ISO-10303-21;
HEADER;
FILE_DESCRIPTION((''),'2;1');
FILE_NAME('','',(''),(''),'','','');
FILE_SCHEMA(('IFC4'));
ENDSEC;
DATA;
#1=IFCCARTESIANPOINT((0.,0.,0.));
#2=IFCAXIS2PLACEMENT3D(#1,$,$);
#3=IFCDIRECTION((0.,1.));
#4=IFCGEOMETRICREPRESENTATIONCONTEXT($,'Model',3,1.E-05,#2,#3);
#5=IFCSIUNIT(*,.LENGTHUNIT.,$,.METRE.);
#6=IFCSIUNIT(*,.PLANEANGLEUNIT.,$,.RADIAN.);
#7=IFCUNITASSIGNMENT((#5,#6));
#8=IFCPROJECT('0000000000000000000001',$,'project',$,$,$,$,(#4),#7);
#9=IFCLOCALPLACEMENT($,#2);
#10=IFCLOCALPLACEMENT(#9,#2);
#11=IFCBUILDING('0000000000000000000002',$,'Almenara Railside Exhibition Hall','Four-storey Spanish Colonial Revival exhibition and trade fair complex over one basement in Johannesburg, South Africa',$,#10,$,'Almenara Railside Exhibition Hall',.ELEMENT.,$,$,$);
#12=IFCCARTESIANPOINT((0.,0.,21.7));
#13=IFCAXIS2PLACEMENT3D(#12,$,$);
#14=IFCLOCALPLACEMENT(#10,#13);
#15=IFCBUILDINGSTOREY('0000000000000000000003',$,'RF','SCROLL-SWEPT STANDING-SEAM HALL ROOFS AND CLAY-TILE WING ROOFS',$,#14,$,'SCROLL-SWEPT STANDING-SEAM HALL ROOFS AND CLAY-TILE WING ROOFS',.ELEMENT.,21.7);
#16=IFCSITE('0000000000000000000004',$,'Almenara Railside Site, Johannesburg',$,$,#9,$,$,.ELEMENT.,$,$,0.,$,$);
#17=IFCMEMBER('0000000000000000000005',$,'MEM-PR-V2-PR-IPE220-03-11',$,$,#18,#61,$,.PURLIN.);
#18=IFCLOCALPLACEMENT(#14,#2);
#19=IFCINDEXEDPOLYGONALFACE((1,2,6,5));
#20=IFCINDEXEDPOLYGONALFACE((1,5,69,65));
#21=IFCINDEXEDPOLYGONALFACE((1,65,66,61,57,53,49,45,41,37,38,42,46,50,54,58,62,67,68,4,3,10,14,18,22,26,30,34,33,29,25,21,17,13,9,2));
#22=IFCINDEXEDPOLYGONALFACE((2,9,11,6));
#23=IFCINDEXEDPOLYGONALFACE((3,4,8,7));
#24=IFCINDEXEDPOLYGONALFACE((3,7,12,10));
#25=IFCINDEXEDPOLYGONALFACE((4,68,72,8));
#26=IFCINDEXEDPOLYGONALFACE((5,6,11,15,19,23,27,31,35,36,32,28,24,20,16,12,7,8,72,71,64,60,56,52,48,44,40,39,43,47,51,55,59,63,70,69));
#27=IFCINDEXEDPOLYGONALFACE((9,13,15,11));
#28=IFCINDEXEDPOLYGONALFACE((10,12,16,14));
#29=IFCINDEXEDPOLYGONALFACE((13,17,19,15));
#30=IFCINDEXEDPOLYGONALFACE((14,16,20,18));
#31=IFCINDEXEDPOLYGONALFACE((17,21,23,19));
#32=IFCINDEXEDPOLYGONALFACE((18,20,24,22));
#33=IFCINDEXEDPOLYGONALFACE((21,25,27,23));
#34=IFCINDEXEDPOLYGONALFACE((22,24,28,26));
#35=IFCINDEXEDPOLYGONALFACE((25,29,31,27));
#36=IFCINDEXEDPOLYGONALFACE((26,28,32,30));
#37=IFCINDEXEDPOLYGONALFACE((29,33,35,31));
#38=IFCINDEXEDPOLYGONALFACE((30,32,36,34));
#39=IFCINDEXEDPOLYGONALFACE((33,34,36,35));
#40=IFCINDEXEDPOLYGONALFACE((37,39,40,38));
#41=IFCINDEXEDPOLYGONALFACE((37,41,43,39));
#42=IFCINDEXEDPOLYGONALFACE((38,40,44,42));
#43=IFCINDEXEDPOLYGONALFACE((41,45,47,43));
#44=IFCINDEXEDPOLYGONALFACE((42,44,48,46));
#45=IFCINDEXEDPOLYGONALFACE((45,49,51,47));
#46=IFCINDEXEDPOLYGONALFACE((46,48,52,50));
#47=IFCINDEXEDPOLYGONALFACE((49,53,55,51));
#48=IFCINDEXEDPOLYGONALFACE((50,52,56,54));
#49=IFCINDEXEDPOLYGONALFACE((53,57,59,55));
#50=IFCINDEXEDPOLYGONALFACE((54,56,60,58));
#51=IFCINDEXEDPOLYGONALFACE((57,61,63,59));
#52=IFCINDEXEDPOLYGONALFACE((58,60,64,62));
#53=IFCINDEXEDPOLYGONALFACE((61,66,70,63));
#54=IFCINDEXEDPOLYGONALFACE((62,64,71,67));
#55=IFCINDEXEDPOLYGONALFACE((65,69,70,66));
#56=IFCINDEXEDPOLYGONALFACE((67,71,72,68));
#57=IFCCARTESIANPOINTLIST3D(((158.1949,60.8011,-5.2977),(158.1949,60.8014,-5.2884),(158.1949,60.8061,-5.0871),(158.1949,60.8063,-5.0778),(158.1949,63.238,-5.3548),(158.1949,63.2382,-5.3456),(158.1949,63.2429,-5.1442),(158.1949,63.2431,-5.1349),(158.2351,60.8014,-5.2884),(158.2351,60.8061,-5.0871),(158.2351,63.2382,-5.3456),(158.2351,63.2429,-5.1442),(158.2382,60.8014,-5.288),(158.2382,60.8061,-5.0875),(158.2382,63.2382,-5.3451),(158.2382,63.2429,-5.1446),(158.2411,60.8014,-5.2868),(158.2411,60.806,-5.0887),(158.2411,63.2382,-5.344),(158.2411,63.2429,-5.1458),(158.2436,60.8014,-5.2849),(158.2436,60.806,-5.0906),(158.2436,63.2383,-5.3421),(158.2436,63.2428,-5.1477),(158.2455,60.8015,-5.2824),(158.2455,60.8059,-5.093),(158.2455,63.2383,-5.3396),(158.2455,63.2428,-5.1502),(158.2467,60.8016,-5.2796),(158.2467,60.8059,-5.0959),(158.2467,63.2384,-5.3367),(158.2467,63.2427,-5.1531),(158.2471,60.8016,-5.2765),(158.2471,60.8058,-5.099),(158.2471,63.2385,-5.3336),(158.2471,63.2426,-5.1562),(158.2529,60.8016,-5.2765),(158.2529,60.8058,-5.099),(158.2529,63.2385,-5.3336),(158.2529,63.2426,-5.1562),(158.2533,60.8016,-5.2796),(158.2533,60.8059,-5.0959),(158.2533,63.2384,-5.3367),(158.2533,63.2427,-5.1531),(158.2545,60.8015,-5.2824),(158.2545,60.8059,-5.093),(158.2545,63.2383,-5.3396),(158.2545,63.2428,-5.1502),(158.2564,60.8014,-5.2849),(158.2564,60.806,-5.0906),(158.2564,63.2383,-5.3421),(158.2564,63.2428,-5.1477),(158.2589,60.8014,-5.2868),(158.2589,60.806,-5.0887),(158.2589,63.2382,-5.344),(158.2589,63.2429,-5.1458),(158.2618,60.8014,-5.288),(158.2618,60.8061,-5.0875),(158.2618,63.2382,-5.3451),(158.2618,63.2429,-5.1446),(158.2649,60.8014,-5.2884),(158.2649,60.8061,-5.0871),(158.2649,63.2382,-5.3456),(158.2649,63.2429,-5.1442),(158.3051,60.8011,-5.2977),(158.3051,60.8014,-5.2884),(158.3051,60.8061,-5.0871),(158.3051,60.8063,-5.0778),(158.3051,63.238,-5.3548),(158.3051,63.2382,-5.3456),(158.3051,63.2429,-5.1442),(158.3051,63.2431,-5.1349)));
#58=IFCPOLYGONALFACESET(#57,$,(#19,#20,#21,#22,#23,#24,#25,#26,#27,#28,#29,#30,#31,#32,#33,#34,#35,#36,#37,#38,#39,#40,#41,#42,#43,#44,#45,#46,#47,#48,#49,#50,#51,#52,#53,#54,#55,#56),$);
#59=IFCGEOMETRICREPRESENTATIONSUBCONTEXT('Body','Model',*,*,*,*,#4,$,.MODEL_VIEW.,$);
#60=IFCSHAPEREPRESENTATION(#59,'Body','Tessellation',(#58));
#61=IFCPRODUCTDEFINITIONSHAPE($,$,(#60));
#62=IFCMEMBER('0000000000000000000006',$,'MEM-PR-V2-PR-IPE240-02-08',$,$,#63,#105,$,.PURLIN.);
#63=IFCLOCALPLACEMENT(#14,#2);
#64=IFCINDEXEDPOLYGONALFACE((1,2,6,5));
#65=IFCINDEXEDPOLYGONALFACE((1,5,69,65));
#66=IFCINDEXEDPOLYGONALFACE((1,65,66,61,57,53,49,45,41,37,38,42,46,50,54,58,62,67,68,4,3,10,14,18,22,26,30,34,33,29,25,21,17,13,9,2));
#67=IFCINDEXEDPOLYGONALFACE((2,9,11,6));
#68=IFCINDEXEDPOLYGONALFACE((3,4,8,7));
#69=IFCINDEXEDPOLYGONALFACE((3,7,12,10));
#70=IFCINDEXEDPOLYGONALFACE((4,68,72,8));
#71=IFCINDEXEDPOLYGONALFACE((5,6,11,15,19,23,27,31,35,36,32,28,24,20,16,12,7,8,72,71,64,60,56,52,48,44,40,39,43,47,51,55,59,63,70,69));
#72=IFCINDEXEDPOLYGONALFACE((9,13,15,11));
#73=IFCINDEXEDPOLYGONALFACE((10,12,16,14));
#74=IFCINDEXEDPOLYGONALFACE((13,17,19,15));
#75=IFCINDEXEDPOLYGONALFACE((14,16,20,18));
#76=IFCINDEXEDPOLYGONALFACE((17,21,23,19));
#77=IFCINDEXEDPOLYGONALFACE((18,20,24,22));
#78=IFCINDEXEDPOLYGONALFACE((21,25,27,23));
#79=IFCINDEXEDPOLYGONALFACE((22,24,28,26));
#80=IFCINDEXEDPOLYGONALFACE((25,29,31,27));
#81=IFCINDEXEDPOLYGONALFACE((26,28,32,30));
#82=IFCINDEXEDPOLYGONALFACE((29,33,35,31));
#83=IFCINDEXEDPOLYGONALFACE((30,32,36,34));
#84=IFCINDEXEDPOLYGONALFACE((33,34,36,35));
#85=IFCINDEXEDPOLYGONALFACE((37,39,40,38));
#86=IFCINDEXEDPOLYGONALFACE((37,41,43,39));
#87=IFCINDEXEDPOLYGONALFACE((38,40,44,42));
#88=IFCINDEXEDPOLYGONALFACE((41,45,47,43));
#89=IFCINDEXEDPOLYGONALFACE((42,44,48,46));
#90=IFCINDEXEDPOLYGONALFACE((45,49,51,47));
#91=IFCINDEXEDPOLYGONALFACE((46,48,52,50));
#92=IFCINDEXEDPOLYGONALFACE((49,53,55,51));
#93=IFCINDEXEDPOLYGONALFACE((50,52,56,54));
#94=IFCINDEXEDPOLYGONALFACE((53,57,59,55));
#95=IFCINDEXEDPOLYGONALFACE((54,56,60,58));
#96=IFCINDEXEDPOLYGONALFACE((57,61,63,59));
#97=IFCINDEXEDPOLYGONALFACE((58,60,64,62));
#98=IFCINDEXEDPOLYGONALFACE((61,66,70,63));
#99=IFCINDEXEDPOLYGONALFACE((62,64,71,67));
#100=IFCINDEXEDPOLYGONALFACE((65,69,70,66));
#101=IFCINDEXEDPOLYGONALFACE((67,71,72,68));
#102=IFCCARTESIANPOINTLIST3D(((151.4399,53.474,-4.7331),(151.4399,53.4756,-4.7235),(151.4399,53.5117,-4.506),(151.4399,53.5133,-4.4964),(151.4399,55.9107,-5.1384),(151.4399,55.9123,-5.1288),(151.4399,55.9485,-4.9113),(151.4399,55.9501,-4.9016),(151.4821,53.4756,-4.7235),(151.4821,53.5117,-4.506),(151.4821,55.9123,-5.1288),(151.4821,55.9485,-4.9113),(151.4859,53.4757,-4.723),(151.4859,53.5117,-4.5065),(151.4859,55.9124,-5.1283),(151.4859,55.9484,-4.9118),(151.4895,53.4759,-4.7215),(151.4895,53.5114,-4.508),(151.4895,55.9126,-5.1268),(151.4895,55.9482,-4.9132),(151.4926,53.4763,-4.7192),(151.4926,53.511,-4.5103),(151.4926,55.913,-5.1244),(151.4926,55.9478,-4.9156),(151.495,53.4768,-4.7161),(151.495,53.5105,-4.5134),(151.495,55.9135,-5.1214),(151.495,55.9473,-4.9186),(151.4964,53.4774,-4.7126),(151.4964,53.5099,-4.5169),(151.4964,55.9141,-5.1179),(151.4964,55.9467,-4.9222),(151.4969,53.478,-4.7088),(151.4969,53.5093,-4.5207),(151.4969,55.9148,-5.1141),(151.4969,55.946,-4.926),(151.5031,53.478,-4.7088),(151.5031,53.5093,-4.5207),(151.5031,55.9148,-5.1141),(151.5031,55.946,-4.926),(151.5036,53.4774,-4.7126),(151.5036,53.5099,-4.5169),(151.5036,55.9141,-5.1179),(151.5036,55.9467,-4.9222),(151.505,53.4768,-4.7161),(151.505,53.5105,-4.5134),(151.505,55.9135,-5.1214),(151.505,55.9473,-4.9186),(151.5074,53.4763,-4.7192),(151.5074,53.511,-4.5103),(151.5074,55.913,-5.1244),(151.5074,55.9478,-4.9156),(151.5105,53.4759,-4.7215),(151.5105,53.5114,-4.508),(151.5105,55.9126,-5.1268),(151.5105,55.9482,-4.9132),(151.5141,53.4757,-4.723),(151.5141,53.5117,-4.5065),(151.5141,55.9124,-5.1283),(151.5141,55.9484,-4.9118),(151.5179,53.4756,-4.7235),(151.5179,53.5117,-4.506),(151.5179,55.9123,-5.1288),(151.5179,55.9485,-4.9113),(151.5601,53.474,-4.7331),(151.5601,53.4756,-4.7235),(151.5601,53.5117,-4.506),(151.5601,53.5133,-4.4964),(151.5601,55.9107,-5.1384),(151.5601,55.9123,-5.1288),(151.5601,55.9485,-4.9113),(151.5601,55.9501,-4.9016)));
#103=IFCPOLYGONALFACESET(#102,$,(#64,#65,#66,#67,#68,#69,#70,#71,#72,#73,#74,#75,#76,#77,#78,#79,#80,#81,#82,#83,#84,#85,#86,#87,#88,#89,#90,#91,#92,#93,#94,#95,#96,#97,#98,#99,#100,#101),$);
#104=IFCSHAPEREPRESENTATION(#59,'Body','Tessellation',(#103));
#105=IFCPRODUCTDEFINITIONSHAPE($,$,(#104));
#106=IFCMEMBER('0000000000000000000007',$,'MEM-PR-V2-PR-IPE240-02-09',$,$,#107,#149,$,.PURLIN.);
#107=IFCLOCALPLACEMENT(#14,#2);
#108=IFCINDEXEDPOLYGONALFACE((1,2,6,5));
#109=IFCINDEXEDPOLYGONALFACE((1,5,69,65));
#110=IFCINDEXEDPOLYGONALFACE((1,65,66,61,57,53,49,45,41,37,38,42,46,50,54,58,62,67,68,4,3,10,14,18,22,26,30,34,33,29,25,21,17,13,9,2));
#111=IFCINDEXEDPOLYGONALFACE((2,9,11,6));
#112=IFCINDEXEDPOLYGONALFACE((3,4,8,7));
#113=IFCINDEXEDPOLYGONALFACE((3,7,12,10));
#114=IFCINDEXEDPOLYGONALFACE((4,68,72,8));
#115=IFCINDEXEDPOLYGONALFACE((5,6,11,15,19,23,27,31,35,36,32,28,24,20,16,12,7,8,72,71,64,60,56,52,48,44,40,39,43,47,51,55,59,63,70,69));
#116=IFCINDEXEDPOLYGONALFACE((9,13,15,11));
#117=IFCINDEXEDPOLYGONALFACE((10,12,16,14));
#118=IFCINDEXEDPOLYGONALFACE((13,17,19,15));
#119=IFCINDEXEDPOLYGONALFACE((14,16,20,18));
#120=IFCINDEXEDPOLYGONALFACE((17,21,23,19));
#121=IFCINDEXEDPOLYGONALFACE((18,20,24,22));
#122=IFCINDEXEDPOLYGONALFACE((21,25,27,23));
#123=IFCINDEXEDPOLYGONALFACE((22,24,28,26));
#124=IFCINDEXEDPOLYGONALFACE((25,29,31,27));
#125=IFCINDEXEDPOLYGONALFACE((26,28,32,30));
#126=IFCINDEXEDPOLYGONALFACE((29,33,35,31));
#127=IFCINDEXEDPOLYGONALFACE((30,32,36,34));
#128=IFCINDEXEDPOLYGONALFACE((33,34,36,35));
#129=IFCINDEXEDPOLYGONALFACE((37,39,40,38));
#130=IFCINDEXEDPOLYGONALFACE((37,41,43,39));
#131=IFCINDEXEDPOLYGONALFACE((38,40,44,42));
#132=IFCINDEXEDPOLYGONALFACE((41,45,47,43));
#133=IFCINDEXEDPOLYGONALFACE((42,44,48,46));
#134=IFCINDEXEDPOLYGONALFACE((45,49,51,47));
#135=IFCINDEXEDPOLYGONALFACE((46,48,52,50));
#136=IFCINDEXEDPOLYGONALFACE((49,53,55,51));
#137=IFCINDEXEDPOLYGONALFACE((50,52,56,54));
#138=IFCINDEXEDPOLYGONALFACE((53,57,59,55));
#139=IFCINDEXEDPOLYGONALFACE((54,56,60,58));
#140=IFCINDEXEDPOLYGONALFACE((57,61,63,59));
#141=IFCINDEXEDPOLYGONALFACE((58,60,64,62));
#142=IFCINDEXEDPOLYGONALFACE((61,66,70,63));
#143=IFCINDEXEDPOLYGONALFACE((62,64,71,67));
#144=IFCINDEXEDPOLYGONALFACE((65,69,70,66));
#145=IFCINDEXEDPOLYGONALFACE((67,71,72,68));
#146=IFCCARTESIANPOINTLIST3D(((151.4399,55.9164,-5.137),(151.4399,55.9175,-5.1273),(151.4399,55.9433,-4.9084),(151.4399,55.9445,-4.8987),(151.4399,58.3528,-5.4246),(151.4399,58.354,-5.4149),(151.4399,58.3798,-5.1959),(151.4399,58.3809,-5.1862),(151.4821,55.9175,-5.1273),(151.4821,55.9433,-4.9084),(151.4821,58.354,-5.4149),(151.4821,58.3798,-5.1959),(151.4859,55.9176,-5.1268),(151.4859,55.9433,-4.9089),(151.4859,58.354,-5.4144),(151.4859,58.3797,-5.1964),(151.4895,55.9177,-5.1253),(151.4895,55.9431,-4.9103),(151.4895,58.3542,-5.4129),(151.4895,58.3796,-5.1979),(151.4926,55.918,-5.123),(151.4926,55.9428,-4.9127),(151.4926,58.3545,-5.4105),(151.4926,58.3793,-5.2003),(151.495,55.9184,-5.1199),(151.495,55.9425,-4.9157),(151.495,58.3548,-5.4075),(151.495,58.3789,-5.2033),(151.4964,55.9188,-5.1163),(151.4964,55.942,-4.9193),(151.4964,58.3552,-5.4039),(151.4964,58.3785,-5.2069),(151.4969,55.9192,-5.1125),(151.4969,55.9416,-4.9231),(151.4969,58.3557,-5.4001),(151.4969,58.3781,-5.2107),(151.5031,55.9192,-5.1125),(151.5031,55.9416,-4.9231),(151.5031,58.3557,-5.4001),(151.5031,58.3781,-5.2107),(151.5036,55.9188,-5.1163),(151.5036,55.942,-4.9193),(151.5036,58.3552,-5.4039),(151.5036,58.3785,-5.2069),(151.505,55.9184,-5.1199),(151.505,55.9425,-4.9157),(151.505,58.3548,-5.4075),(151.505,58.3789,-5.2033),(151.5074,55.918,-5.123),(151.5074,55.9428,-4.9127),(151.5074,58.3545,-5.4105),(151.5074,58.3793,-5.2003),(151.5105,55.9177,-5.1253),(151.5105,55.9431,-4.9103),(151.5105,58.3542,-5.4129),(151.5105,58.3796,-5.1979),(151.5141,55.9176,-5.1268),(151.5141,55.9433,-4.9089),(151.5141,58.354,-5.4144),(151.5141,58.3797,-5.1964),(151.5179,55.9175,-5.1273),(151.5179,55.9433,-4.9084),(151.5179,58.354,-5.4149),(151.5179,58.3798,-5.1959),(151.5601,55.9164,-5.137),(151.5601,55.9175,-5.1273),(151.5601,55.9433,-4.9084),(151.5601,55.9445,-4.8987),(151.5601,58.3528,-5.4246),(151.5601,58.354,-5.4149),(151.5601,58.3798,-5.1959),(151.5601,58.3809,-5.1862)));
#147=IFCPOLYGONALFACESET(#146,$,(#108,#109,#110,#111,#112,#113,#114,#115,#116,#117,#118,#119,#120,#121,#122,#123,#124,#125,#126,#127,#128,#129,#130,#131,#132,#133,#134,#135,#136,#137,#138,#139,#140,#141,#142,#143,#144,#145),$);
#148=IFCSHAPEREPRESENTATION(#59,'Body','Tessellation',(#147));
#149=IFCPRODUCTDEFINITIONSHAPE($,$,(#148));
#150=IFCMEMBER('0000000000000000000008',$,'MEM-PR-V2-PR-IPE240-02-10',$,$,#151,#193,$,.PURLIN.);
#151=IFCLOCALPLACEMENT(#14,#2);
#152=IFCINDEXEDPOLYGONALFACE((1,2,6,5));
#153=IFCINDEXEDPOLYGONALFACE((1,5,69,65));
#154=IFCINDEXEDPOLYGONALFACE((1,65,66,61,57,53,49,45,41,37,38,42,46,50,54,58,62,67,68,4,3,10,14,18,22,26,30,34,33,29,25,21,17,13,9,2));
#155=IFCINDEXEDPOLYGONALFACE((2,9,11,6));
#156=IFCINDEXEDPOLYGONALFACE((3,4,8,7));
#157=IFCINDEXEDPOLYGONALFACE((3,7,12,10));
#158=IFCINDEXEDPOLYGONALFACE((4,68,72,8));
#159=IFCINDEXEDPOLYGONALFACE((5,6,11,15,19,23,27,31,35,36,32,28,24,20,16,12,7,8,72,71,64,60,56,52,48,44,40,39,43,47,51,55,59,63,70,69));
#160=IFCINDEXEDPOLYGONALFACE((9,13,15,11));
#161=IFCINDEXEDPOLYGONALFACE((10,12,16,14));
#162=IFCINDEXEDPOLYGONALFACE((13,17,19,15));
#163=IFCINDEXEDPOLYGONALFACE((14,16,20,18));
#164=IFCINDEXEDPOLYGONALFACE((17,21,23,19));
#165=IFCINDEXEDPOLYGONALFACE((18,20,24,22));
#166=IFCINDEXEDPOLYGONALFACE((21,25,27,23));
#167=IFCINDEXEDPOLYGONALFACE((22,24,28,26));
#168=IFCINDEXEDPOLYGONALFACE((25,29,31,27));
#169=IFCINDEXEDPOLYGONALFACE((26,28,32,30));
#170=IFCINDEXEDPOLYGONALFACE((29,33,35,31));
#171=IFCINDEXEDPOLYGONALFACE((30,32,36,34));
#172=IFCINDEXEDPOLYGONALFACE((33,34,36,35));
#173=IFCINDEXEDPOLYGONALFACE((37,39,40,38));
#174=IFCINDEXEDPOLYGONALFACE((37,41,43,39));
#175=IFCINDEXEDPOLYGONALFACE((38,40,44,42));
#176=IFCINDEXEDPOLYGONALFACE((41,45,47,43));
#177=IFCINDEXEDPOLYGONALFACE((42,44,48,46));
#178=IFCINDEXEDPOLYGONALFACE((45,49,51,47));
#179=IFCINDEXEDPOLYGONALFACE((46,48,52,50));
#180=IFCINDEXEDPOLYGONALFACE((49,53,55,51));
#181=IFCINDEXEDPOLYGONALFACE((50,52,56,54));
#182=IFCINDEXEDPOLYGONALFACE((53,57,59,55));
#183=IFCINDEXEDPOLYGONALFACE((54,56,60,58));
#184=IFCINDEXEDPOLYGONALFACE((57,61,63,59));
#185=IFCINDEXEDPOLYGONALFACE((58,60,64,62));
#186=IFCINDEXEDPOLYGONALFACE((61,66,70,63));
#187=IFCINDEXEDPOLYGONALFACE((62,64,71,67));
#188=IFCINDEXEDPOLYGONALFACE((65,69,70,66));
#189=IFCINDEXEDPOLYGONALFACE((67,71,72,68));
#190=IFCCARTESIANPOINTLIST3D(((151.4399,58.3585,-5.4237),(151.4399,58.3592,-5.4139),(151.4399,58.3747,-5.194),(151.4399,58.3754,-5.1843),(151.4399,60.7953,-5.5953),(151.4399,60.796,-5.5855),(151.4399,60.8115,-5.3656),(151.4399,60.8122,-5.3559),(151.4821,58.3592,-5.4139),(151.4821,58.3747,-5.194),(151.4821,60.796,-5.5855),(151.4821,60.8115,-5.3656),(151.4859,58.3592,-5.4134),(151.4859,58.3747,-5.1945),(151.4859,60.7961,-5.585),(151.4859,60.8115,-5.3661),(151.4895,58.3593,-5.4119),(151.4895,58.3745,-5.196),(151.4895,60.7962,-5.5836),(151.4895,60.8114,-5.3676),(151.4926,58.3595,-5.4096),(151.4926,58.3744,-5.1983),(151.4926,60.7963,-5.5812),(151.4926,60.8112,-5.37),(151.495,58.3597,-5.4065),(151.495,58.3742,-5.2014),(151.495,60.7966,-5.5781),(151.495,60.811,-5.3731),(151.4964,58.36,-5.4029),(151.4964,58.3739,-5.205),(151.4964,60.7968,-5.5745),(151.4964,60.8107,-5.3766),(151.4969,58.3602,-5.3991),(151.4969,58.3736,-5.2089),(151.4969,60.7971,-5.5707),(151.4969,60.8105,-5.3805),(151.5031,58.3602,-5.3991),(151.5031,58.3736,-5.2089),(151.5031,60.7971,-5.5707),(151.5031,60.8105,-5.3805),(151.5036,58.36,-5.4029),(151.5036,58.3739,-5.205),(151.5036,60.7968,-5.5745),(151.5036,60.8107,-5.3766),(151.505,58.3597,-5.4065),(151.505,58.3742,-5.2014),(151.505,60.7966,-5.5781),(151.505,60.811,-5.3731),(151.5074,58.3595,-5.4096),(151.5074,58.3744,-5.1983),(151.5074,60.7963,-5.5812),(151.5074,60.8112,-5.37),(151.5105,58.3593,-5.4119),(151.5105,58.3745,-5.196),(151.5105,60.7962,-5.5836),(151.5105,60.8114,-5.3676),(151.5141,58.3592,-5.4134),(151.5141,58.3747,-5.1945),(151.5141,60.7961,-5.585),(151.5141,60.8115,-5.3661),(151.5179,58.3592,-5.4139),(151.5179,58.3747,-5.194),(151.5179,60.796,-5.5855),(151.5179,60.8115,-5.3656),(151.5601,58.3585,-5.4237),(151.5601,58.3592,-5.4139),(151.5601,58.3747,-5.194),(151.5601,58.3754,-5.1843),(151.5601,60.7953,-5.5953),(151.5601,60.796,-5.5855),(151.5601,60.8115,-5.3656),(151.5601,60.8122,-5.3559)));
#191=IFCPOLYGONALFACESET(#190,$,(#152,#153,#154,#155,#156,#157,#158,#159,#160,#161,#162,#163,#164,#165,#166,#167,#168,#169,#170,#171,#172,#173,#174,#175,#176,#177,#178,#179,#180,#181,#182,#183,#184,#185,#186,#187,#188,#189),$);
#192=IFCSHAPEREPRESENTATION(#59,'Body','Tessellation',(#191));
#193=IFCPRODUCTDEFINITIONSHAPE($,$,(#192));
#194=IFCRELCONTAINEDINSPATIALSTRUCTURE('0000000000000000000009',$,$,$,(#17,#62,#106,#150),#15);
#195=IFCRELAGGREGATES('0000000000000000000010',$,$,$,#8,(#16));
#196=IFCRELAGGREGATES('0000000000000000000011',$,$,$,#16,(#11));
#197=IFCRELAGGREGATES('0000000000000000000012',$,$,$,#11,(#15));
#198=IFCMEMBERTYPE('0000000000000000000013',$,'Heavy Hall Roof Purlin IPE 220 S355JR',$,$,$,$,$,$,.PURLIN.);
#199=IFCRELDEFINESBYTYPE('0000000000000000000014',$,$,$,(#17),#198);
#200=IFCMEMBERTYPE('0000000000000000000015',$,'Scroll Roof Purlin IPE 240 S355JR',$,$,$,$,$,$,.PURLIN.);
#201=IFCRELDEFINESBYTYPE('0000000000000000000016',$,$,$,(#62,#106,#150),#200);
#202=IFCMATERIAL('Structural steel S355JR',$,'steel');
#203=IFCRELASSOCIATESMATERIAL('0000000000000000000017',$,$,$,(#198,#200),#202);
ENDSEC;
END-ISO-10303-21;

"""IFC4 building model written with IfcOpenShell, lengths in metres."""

from ifc_helpers import new_model, si_unit, direction, frame, origin, origin_2d, place, context, subcontext, project, spatial, i_section, extrude, material, material_profile, profile_set, type_object, element, save


model = new_model("IFC4")

# Units and contexts
model_context = context("Model", 3, precision=1e-05, world=origin(), true_north=direction((0.0, 1.0)))
body_context = subcontext(model_context, "Body", "Model", "MODEL_VIEW")
ifc_project = project(units=[si_unit("LENGTHUNIT", "METRE"), si_unit("PLANEANGLEUNIT", "RADIAN")], contexts=[model_context])

# Site, building, storey
site_placement = place(None, origin())
site = spatial("IfcSite", under=ifc_project, at=site_placement, Name="Almenara Railside Site, Johannesburg", CompositionType="ELEMENT", RefElevation=0.0)
building_placement = place(site_placement, origin())
building = spatial("IfcBuilding", under=site, at=building_placement, Name="Almenara Railside Exhibition Hall", Description="Four-storey Spanish Colonial Revival exhibition and trade fair complex over one basement in Johannesburg, South Africa", LongName="Almenara Railside Exhibition Hall", CompositionType="ELEMENT")
storey_placement = place(building_placement, frame((0.0, 0.0, 21.7)))
storey = spatial("IfcBuildingStorey", under=building, at=storey_placement, Name="RF", Description="SCROLL-SWEPT STANDING-SEAM HALL ROOFS AND CLAY-TILE WING ROOFS", LongName="SCROLL-SWEPT STANDING-SEAM HALL ROOFS AND CLAY-TILE WING ROOFS", CompositionType="ELEMENT", Elevation=21.7)

# Members
ifc_material_1 = material(Name="Structural steel S355JR", Category="steel")
ifc_material_profile_1 = material_profile(ifc_material_1, i_section(OverallWidth=0.1101, OverallDepth=0.22, WebThickness=0.0059, FlangeThickness=0.0093, FilletRadius=0.012, at=origin_2d()), Name="IPE 220")
ifc_profile_set_1 = profile_set([ifc_material_profile_1], Name="Structural steel S355JR")
member_type_1 = type_object("IfcMemberType", Name="Heavy Hall Roof Purlin IPE 220 S355JR", PredefinedType="PURLIN", material=ifc_profile_set_1)
member_1_placement = place(storey_placement, frame((158.25, 60.8037, -5.1877), z_axis=(0.0, 0.999725, -0.023438), x_axis=(-1.0, 0.0, 0.0)))
element("IfcMember", 1, at=member_1_placement, inside=storey, type_object=member_type_1, Name="MEM-PR-V2-PR-IPE220-03-11", PredefinedType="PURLIN", context=body_context, shape_type="SweptSolid", body=[
    extrude(i_section(OverallWidth=0.1101, OverallDepth=0.22, WebThickness=0.0059, FlangeThickness=0.0093, FilletRadius=0.012, at=origin_2d()), origin(), (0.0, 0.0, 1.0), 2.4375),
])
ifc_material_profile_2 = material_profile(ifc_material_1, i_section(OverallWidth=0.1201, OverallDepth=0.24, WebThickness=0.0061, FlangeThickness=0.0098, FilletRadius=0.0149, at=origin_2d()), Name="IPE 240")
ifc_profile_set_2 = profile_set([ifc_material_profile_2], Name="Structural steel S355JR")
member_type_2 = type_object("IfcMemberType", Name="Scroll Roof Purlin IPE 240 S355JR", PredefinedType="PURLIN", material=ifc_profile_set_2)
member_2_placement = place(storey_placement, frame((151.5, 53.4937, -4.6147), z_axis=(0.0, 0.98645, -0.164062), x_axis=(-1.0, 0.0, 0.0)))
element("IfcMember", 2, at=member_2_placement, inside=storey, type_object=member_type_2, Name="MEM-PR-V2-PR-IPE240-02-08", PredefinedType="PURLIN", context=body_context, shape_type="SweptSolid", body=[
    extrude(i_section(OverallWidth=0.1201, OverallDepth=0.24, WebThickness=0.0061, FlangeThickness=0.0098, FilletRadius=0.0149, at=origin_2d()), origin(), (0.0, 0.0, 1.0), 2.4702),
])
member_3_placement = place(storey_placement, frame((151.5, 55.9304, -5.0178), z_axis=(0.0, 0.993106, -0.117222), x_axis=(-1.0, 0.0, 0.0)))
element("IfcMember", 3, at=member_3_placement, inside=storey, type_object=member_type_2, Name="MEM-PR-V2-PR-IPE240-02-09", PredefinedType="PURLIN", context=body_context, shape_type="SweptSolid", body=[
    extrude(i_section(OverallWidth=0.1201, OverallDepth=0.24, WebThickness=0.0061, FlangeThickness=0.0098, FilletRadius=0.0149, at=origin_2d()), origin(), (0.0, 0.0, 1.0), 2.4534),
])
member_4_placement = place(storey_placement, frame((151.5, 58.3669, -5.304), z_axis=(0.0, 0.997529, -0.07026), x_axis=(-1.0, 0.0, 0.0)))
element("IfcMember", 4, at=member_4_placement, inside=storey, type_object=member_type_2, Name="MEM-PR-V2-PR-IPE240-02-10", PredefinedType="PURLIN", context=body_context, shape_type="SweptSolid", body=[
    extrude(i_section(OverallWidth=0.1201, OverallDepth=0.24, WebThickness=0.0061, FlangeThickness=0.0098, FilletRadius=0.0149, at=origin_2d()), origin(), (0.0, 0.0, 1.0), 2.4429),
])

save(model, "model.ifc")
